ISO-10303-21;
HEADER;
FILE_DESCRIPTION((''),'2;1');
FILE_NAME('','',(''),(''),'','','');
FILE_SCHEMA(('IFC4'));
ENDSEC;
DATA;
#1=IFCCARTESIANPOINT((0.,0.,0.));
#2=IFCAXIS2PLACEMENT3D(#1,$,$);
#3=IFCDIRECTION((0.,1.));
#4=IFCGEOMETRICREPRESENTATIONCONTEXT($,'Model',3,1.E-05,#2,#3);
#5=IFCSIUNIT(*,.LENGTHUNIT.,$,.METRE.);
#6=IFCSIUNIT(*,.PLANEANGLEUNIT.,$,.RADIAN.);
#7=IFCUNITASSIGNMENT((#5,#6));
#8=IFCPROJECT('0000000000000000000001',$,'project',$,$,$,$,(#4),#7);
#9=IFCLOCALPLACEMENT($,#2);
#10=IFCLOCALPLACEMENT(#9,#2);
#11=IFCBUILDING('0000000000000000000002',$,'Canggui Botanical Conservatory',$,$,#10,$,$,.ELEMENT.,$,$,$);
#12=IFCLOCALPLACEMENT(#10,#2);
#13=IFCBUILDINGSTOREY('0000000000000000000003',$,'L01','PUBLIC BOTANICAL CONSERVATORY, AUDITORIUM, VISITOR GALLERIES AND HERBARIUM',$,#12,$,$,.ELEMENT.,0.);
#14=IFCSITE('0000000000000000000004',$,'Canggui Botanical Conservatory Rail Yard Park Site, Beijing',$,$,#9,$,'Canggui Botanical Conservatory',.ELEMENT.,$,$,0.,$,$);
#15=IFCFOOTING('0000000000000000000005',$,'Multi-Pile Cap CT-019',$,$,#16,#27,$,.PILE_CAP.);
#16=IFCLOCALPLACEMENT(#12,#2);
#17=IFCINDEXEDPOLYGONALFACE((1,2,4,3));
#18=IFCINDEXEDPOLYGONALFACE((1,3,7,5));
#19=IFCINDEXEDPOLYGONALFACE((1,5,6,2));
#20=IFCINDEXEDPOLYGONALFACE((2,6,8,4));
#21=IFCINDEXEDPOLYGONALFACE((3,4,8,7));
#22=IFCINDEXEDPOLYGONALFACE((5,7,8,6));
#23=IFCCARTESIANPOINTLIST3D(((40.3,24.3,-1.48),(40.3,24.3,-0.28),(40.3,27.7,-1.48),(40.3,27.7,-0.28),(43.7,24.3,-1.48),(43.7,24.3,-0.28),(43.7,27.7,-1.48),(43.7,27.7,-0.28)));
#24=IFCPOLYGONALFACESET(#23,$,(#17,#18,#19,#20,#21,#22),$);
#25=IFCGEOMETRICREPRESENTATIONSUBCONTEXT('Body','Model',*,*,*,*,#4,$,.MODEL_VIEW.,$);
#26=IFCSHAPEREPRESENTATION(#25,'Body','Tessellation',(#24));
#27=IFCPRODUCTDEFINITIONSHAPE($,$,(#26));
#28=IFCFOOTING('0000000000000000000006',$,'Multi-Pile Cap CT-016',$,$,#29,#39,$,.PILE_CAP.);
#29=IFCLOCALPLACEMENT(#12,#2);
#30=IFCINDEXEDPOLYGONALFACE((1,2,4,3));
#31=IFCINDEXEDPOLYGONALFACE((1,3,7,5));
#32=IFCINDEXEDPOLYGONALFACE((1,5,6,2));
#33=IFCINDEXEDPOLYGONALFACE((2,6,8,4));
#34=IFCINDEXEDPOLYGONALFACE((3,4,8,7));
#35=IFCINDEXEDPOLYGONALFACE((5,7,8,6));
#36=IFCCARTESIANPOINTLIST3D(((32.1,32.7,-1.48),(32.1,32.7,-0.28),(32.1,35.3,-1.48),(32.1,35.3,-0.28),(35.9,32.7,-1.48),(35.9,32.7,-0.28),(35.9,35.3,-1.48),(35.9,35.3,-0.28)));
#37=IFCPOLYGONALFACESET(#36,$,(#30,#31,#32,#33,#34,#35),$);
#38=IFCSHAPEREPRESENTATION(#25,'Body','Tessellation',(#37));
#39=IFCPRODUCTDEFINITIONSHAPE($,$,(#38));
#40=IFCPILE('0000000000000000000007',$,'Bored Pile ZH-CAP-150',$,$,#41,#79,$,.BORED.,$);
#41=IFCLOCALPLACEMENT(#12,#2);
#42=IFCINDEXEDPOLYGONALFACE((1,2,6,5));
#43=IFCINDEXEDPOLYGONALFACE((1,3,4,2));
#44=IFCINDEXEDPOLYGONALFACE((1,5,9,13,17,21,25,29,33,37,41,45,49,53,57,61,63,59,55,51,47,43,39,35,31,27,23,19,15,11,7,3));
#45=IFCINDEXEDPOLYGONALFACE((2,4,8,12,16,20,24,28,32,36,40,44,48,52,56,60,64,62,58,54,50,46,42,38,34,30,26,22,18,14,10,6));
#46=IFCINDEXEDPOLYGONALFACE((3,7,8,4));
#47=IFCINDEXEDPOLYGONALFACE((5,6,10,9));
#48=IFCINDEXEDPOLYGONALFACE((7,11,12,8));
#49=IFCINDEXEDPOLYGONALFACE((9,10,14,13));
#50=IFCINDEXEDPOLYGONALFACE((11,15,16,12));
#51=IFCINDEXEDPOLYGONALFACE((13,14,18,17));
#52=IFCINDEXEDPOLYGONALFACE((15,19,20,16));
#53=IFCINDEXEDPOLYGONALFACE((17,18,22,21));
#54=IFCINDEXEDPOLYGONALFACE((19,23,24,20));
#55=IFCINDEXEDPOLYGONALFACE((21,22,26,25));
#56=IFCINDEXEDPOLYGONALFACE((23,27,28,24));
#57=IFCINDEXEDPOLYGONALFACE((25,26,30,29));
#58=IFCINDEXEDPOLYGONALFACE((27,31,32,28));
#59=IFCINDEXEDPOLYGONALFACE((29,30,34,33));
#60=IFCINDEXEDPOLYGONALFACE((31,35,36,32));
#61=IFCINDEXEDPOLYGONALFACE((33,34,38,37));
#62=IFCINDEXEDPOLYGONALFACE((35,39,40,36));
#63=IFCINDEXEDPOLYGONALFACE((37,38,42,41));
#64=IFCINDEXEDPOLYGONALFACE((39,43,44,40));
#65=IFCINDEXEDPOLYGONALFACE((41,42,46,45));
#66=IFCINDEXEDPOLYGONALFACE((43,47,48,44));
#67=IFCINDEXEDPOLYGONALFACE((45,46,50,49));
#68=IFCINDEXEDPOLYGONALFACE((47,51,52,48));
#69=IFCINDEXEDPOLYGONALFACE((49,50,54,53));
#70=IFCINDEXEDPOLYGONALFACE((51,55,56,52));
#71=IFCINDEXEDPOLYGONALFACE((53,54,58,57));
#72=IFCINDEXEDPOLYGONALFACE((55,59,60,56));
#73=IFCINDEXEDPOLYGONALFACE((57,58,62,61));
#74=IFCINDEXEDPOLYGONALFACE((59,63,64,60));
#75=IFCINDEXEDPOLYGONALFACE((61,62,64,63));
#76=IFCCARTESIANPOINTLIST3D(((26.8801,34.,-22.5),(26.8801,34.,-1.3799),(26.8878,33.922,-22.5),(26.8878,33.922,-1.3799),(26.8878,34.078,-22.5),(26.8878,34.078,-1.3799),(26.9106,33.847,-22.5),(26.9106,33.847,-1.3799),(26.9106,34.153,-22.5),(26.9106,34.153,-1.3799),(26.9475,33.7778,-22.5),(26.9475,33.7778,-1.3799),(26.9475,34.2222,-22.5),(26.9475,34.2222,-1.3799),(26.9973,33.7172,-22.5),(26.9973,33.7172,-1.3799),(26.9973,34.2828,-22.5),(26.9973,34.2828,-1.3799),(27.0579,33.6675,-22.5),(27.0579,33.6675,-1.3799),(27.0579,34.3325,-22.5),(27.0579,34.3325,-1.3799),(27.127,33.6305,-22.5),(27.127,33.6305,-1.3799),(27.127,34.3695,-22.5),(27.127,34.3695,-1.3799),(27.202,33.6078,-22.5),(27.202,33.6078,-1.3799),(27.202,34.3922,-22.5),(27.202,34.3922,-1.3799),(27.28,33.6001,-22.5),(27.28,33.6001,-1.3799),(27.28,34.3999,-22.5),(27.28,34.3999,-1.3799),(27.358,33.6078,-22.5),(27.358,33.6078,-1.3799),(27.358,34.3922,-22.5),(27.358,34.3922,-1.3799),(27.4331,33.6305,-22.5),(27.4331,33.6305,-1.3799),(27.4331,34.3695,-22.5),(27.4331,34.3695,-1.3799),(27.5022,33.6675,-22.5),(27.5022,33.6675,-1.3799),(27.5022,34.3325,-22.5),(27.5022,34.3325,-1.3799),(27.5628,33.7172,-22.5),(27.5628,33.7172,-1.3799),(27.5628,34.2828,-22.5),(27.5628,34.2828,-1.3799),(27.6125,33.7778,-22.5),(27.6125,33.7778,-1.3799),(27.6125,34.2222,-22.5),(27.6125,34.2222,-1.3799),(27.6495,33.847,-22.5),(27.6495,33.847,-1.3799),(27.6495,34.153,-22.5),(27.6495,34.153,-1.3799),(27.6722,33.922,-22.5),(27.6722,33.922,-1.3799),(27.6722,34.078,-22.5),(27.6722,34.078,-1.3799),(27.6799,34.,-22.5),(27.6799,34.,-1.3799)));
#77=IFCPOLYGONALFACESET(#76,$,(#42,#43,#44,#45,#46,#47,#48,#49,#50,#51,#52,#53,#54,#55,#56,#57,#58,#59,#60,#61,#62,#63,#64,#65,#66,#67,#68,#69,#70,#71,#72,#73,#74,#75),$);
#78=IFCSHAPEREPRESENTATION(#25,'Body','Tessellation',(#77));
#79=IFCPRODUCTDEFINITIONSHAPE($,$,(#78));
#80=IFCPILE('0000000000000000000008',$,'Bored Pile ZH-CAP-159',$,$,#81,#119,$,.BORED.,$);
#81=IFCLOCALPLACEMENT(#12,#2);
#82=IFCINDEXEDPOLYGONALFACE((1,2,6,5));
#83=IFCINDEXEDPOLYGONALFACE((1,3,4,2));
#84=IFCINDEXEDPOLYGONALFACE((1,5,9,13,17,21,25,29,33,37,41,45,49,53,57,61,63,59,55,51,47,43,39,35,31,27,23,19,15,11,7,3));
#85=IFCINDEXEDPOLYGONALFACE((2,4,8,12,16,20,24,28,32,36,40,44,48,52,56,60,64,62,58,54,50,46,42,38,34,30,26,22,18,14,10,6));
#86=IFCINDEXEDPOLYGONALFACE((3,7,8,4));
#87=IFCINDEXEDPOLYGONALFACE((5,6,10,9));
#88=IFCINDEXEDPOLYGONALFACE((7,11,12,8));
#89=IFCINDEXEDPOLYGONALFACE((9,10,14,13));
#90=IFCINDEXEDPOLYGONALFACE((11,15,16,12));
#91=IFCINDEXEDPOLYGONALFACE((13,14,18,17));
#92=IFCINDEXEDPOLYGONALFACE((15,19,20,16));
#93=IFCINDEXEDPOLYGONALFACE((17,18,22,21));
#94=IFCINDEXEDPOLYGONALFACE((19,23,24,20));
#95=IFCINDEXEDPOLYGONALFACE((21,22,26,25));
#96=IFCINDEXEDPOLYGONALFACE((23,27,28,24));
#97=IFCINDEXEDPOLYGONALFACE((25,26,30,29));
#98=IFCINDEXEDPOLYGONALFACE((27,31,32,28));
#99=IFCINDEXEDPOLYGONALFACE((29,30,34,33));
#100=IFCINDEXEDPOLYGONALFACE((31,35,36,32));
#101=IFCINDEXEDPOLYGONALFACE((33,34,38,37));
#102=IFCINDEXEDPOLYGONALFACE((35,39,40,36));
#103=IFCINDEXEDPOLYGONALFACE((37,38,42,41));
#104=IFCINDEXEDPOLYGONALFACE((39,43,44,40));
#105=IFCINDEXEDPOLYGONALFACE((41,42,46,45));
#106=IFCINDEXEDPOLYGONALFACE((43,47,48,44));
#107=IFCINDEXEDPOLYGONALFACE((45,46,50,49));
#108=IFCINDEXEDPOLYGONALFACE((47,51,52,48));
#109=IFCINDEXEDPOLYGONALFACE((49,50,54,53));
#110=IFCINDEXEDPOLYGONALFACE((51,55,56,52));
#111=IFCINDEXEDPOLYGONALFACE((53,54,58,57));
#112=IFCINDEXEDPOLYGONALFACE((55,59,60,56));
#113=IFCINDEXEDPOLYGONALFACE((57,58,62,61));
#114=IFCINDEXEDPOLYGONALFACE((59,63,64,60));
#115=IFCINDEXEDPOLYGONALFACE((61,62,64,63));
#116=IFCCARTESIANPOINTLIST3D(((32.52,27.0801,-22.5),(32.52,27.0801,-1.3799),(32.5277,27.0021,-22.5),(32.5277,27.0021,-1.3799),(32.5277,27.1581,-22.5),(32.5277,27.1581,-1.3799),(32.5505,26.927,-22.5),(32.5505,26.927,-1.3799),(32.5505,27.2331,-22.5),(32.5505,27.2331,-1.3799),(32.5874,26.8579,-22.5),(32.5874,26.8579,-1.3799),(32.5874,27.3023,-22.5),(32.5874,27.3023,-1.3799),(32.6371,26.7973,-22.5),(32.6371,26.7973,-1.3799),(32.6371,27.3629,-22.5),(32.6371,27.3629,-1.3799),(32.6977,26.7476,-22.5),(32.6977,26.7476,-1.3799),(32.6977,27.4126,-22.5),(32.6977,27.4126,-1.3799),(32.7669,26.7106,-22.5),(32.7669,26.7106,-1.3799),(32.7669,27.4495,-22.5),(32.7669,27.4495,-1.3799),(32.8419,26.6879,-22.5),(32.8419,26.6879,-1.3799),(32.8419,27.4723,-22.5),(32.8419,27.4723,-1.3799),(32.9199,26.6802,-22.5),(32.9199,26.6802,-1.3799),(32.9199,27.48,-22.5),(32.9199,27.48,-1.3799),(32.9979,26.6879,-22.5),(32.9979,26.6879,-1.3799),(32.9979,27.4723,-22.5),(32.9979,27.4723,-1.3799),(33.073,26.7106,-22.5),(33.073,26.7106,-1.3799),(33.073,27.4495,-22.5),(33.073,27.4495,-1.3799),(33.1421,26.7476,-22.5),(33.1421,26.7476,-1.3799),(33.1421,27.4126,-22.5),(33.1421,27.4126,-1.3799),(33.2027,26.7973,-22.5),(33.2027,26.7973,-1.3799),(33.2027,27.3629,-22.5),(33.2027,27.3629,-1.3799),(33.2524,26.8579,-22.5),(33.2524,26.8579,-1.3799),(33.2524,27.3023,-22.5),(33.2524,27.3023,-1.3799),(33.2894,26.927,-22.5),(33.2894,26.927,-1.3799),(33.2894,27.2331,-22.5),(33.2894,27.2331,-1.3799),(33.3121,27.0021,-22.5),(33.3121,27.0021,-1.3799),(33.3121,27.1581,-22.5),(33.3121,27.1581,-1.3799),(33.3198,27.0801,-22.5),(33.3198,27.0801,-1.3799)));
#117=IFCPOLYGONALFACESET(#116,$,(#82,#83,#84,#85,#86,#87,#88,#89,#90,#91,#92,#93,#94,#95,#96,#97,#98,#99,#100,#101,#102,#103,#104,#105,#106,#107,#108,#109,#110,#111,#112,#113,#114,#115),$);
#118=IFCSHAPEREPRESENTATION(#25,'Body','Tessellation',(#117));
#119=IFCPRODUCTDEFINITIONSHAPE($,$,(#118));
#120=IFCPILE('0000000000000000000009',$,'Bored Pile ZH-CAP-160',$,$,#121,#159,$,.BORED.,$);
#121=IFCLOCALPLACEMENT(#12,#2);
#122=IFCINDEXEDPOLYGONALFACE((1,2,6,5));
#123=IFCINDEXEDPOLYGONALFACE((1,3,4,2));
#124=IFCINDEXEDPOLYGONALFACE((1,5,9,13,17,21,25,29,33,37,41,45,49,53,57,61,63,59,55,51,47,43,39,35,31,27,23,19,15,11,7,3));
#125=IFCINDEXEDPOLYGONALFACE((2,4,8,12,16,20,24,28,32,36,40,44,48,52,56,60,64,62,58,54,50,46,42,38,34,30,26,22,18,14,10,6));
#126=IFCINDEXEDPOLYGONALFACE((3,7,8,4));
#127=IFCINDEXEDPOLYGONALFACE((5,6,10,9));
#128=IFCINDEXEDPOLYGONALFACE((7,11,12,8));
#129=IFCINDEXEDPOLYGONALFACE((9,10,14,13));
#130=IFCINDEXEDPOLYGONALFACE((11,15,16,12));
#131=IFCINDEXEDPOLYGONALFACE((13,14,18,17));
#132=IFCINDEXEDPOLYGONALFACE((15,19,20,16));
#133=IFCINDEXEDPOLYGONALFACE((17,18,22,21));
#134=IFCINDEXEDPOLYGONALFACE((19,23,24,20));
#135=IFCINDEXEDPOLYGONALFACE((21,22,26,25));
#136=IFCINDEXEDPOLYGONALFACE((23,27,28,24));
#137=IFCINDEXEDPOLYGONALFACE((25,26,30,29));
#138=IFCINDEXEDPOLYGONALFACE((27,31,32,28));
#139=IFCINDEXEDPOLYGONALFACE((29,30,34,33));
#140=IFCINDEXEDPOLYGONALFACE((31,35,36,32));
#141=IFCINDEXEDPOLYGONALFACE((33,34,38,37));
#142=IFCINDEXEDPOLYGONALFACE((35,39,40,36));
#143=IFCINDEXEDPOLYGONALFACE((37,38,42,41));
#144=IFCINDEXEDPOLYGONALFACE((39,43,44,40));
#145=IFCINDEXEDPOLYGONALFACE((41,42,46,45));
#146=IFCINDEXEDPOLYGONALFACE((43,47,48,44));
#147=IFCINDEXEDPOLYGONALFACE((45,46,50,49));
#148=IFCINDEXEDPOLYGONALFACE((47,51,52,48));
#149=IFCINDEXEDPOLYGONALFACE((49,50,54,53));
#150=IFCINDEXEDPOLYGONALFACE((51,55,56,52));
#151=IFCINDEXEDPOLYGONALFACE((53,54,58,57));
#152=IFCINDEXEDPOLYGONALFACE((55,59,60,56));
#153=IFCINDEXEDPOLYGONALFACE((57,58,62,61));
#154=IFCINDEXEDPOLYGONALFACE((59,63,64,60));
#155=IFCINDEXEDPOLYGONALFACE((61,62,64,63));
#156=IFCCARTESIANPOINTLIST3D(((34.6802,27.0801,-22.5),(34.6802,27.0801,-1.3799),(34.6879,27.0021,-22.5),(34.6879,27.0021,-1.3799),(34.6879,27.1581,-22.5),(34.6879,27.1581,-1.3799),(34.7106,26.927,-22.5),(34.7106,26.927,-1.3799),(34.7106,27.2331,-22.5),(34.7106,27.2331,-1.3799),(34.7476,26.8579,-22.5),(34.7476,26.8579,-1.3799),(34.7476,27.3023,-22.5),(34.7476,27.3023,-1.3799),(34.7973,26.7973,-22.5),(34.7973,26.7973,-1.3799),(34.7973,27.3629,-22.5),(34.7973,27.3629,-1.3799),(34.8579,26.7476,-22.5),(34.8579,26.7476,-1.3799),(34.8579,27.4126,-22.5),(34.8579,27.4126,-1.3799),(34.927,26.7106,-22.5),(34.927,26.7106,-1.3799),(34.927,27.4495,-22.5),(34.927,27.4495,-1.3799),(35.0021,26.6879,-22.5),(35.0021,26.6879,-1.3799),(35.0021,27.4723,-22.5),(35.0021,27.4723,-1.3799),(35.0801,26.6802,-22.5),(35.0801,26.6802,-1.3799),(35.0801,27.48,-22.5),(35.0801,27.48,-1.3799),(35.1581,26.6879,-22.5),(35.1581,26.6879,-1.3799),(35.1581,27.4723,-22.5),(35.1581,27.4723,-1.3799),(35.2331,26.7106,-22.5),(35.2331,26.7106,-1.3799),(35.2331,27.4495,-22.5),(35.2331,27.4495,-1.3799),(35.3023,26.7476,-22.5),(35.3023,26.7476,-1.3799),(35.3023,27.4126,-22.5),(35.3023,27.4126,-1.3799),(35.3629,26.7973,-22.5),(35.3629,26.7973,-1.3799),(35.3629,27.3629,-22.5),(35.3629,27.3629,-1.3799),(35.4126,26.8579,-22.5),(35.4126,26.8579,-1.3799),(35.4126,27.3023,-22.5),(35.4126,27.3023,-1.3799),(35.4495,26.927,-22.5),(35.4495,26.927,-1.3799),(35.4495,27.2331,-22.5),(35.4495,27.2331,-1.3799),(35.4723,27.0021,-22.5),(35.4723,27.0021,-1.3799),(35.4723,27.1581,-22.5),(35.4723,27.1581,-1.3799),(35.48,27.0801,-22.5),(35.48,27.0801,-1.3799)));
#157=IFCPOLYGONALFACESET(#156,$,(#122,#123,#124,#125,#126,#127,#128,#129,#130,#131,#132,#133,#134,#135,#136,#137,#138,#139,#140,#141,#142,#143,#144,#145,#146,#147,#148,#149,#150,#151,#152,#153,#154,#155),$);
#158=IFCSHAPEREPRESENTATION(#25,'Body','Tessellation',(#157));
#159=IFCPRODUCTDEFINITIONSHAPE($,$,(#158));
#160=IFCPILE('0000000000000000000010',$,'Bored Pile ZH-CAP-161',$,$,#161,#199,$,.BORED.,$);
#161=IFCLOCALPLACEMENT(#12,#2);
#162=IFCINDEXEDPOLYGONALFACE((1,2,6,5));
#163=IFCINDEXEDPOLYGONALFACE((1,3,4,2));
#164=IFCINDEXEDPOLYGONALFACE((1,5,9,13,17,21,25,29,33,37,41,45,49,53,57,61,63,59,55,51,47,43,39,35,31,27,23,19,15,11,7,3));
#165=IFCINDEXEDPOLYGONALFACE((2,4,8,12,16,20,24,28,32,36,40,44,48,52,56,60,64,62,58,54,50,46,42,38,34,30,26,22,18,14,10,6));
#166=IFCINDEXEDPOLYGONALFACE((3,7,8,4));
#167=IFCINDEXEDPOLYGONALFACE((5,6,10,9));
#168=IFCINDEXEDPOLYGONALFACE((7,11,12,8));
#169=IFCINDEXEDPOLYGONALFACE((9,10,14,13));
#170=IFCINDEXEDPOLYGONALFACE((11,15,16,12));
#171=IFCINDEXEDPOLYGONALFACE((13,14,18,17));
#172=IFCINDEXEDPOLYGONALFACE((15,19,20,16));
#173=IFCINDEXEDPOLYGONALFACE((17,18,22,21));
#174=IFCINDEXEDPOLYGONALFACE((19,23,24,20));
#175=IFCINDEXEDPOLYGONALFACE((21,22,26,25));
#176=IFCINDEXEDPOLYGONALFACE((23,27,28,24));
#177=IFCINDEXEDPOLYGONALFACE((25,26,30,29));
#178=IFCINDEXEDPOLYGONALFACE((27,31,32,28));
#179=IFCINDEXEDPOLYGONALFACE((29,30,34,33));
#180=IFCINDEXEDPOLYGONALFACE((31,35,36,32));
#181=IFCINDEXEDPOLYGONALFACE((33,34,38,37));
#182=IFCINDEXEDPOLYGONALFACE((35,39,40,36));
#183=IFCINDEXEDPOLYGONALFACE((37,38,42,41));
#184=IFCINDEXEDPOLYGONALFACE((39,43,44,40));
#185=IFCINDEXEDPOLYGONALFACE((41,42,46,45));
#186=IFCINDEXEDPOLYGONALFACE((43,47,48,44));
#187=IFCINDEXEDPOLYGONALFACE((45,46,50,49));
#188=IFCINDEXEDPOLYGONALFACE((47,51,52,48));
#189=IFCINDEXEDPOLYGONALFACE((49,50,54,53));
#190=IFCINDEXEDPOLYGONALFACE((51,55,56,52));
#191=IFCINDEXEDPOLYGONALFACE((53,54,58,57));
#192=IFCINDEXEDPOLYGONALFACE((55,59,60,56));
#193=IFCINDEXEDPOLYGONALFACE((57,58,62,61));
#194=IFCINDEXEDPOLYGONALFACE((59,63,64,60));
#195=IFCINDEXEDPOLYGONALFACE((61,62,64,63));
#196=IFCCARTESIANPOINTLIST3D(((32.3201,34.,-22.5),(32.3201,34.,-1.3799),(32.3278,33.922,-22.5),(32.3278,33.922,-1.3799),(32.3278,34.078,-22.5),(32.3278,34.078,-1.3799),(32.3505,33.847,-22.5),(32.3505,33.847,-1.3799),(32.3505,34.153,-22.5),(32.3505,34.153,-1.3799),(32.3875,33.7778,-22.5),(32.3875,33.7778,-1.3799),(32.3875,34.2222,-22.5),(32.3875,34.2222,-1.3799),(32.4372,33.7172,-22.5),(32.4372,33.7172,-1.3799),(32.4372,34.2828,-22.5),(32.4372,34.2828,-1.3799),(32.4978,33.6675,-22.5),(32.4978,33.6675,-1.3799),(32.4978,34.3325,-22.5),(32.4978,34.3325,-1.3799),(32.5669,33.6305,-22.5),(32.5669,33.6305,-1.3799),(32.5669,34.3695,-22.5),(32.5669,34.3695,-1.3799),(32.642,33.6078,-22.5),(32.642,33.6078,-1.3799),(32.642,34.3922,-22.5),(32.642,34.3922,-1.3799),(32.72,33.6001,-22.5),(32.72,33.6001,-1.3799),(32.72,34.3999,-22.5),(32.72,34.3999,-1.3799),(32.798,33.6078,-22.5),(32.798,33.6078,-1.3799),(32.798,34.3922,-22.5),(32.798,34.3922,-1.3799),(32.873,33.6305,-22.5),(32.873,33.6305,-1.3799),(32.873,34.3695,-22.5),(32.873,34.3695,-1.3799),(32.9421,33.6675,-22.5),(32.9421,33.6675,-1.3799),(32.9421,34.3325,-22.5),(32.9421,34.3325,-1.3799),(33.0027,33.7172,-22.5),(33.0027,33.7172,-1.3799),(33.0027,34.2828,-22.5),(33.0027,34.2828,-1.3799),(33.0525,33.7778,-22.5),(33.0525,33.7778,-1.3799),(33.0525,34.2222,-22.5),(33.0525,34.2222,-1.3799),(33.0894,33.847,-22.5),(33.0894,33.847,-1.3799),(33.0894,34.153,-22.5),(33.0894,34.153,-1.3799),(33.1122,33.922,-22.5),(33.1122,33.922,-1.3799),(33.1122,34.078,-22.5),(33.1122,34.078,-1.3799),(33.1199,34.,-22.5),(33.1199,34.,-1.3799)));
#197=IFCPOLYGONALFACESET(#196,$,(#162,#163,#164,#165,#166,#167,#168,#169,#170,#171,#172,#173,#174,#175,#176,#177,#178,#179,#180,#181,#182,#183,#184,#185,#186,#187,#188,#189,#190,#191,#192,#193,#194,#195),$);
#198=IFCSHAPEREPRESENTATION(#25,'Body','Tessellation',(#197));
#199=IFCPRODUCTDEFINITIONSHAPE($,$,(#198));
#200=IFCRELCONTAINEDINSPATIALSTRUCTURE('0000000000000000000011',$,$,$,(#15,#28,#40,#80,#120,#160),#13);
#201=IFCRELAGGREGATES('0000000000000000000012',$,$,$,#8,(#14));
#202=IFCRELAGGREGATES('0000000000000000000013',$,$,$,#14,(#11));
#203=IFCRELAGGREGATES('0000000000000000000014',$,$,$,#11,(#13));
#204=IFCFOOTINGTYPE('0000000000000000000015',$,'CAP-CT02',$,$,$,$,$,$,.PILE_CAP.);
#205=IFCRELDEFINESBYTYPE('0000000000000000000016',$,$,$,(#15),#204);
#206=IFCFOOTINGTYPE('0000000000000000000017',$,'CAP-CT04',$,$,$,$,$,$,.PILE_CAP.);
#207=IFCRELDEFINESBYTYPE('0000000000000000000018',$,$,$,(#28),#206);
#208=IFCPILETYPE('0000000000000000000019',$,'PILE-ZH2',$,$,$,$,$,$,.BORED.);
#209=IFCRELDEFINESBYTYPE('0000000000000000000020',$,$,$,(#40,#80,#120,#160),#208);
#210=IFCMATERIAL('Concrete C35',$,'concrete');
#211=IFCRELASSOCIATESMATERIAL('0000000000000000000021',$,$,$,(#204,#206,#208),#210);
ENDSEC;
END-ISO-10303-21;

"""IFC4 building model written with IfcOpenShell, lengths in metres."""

from ifc_helpers import new_model, si_unit, direction, frame, origin, origin_2d, place, context, subcontext, project, spatial, rectangle, circle, extrude, material, material_profile, profile_set, type_object, element, save


model = new_model("IFC4")

# Units and contexts
model_context = context("Model", 3, precision=1e-05, world=origin(), true_north=direction((0.0, 1.0)))
body_context = subcontext(model_context, "Body", "Model", "MODEL_VIEW")
ifc_project = project(units=[si_unit("LENGTHUNIT", "METRE"), si_unit("PLANEANGLEUNIT", "RADIAN")], contexts=[model_context])

# Site, building, storey
site_placement = place(None, origin())
site = spatial("IfcSite", under=ifc_project, at=site_placement, Name="Canggui Botanical Conservatory Rail Yard Park Site, Beijing", LongName="Canggui Botanical Conservatory", CompositionType="ELEMENT", RefElevation=0.0)
building_placement = place(site_placement, origin())
building = spatial("IfcBuilding", under=site, at=building_placement, Name="Canggui Botanical Conservatory", CompositionType="ELEMENT")
storey_placement = place(building_placement, origin())
storey = spatial("IfcBuildingStorey", under=building, at=storey_placement, Name="L01", Description="PUBLIC BOTANICAL CONSERVATORY, AUDITORIUM, VISITOR GALLERIES AND HERBARIUM", CompositionType="ELEMENT", Elevation=0.0)

# Footings
ifc_material_1 = material(Name="Concrete C35", Category="concrete")
footing_type_1 = type_object("IfcFootingType", Name="CAP-CT02", PredefinedType="PILE_CAP", material=ifc_material_1)
footing_1_placement = place(storey_placement, frame((42.0, 26.0, -1.48), z_axis=(0.0, 0.0, 1.0), x_axis=(1.0, 0.0, 0.0)))
element("IfcFooting", 1, at=footing_1_placement, inside=storey, type_object=footing_type_1, Name="Multi-Pile Cap CT-019", PredefinedType="PILE_CAP", context=body_context, shape_type="SweptSolid", body=[
    extrude(rectangle(XDim=3.3999, YDim=3.3999, at=origin_2d()), origin(), (0.0, 0.0, 1.0), 1.2),
])
footing_type_2 = type_object("IfcFootingType", Name="CAP-CT04", PredefinedType="PILE_CAP", material=ifc_material_1)
footing_2_placement = place(storey_placement, frame((34.0, 34.0, -1.48), z_axis=(0.0, 0.0, 1.0), x_axis=(1.0, 0.0, 0.0)))
element("IfcFooting", 2, at=footing_2_placement, inside=storey, type_object=footing_type_2, Name="Multi-Pile Cap CT-016", PredefinedType="PILE_CAP", context=body_context, shape_type="SweptSolid", body=[
    extrude(rectangle(XDim=3.8, YDim=2.6001, at=origin_2d()), origin(), (0.0, 0.0, 1.0), 1.2),
])

# Piles
ifc_material_profile_1 = material_profile(ifc_material_1, circle(Radius=0.3999, at=origin_2d()), Name="PILE D800")
ifc_profile_set_1 = profile_set([ifc_material_profile_1], Name="Concrete C35")
pile_type = type_object("IfcPileType", Name="PILE-ZH2", PredefinedType="BORED", material=ifc_profile_set_1)
for number, where, z_axis, x_axis, name in (
    (3, (27.28, 34.0, -1.3799), (0.0, 0.0, -1.0), (1.0, 0.0, 0.0), "Bored Pile ZH-CAP-150"),
    (4, (32.9199, 27.0801, -1.3799), (0.0, 0.0, -1.0), (1.0, 0.0, 0.0), "Bored Pile ZH-CAP-159"),
    (5, (35.0801, 27.0801, -1.3799), (0.0, 0.0, -1.0), (1.0, 0.0, 0.0), "Bored Pile ZH-CAP-160"),
    (6, (32.72, 34.0, -1.3799), (0.0, 0.0, -1.0), (1.0, 0.0, 0.0), "Bored Pile ZH-CAP-161"),
):
    element("IfcPile", number, at=place(storey_placement, frame(where, z_axis=z_axis, x_axis=x_axis)), inside=storey, type_object=pile_type, Name=name, PredefinedType="BORED", context=body_context, shape_type="SweptSolid", body=[
        extrude(circle(Radius=0.3999, at=origin_2d()), origin(), (0.0, 0.0, 1.0), 21.1201),
    ])

save(model, "model.ifc")
